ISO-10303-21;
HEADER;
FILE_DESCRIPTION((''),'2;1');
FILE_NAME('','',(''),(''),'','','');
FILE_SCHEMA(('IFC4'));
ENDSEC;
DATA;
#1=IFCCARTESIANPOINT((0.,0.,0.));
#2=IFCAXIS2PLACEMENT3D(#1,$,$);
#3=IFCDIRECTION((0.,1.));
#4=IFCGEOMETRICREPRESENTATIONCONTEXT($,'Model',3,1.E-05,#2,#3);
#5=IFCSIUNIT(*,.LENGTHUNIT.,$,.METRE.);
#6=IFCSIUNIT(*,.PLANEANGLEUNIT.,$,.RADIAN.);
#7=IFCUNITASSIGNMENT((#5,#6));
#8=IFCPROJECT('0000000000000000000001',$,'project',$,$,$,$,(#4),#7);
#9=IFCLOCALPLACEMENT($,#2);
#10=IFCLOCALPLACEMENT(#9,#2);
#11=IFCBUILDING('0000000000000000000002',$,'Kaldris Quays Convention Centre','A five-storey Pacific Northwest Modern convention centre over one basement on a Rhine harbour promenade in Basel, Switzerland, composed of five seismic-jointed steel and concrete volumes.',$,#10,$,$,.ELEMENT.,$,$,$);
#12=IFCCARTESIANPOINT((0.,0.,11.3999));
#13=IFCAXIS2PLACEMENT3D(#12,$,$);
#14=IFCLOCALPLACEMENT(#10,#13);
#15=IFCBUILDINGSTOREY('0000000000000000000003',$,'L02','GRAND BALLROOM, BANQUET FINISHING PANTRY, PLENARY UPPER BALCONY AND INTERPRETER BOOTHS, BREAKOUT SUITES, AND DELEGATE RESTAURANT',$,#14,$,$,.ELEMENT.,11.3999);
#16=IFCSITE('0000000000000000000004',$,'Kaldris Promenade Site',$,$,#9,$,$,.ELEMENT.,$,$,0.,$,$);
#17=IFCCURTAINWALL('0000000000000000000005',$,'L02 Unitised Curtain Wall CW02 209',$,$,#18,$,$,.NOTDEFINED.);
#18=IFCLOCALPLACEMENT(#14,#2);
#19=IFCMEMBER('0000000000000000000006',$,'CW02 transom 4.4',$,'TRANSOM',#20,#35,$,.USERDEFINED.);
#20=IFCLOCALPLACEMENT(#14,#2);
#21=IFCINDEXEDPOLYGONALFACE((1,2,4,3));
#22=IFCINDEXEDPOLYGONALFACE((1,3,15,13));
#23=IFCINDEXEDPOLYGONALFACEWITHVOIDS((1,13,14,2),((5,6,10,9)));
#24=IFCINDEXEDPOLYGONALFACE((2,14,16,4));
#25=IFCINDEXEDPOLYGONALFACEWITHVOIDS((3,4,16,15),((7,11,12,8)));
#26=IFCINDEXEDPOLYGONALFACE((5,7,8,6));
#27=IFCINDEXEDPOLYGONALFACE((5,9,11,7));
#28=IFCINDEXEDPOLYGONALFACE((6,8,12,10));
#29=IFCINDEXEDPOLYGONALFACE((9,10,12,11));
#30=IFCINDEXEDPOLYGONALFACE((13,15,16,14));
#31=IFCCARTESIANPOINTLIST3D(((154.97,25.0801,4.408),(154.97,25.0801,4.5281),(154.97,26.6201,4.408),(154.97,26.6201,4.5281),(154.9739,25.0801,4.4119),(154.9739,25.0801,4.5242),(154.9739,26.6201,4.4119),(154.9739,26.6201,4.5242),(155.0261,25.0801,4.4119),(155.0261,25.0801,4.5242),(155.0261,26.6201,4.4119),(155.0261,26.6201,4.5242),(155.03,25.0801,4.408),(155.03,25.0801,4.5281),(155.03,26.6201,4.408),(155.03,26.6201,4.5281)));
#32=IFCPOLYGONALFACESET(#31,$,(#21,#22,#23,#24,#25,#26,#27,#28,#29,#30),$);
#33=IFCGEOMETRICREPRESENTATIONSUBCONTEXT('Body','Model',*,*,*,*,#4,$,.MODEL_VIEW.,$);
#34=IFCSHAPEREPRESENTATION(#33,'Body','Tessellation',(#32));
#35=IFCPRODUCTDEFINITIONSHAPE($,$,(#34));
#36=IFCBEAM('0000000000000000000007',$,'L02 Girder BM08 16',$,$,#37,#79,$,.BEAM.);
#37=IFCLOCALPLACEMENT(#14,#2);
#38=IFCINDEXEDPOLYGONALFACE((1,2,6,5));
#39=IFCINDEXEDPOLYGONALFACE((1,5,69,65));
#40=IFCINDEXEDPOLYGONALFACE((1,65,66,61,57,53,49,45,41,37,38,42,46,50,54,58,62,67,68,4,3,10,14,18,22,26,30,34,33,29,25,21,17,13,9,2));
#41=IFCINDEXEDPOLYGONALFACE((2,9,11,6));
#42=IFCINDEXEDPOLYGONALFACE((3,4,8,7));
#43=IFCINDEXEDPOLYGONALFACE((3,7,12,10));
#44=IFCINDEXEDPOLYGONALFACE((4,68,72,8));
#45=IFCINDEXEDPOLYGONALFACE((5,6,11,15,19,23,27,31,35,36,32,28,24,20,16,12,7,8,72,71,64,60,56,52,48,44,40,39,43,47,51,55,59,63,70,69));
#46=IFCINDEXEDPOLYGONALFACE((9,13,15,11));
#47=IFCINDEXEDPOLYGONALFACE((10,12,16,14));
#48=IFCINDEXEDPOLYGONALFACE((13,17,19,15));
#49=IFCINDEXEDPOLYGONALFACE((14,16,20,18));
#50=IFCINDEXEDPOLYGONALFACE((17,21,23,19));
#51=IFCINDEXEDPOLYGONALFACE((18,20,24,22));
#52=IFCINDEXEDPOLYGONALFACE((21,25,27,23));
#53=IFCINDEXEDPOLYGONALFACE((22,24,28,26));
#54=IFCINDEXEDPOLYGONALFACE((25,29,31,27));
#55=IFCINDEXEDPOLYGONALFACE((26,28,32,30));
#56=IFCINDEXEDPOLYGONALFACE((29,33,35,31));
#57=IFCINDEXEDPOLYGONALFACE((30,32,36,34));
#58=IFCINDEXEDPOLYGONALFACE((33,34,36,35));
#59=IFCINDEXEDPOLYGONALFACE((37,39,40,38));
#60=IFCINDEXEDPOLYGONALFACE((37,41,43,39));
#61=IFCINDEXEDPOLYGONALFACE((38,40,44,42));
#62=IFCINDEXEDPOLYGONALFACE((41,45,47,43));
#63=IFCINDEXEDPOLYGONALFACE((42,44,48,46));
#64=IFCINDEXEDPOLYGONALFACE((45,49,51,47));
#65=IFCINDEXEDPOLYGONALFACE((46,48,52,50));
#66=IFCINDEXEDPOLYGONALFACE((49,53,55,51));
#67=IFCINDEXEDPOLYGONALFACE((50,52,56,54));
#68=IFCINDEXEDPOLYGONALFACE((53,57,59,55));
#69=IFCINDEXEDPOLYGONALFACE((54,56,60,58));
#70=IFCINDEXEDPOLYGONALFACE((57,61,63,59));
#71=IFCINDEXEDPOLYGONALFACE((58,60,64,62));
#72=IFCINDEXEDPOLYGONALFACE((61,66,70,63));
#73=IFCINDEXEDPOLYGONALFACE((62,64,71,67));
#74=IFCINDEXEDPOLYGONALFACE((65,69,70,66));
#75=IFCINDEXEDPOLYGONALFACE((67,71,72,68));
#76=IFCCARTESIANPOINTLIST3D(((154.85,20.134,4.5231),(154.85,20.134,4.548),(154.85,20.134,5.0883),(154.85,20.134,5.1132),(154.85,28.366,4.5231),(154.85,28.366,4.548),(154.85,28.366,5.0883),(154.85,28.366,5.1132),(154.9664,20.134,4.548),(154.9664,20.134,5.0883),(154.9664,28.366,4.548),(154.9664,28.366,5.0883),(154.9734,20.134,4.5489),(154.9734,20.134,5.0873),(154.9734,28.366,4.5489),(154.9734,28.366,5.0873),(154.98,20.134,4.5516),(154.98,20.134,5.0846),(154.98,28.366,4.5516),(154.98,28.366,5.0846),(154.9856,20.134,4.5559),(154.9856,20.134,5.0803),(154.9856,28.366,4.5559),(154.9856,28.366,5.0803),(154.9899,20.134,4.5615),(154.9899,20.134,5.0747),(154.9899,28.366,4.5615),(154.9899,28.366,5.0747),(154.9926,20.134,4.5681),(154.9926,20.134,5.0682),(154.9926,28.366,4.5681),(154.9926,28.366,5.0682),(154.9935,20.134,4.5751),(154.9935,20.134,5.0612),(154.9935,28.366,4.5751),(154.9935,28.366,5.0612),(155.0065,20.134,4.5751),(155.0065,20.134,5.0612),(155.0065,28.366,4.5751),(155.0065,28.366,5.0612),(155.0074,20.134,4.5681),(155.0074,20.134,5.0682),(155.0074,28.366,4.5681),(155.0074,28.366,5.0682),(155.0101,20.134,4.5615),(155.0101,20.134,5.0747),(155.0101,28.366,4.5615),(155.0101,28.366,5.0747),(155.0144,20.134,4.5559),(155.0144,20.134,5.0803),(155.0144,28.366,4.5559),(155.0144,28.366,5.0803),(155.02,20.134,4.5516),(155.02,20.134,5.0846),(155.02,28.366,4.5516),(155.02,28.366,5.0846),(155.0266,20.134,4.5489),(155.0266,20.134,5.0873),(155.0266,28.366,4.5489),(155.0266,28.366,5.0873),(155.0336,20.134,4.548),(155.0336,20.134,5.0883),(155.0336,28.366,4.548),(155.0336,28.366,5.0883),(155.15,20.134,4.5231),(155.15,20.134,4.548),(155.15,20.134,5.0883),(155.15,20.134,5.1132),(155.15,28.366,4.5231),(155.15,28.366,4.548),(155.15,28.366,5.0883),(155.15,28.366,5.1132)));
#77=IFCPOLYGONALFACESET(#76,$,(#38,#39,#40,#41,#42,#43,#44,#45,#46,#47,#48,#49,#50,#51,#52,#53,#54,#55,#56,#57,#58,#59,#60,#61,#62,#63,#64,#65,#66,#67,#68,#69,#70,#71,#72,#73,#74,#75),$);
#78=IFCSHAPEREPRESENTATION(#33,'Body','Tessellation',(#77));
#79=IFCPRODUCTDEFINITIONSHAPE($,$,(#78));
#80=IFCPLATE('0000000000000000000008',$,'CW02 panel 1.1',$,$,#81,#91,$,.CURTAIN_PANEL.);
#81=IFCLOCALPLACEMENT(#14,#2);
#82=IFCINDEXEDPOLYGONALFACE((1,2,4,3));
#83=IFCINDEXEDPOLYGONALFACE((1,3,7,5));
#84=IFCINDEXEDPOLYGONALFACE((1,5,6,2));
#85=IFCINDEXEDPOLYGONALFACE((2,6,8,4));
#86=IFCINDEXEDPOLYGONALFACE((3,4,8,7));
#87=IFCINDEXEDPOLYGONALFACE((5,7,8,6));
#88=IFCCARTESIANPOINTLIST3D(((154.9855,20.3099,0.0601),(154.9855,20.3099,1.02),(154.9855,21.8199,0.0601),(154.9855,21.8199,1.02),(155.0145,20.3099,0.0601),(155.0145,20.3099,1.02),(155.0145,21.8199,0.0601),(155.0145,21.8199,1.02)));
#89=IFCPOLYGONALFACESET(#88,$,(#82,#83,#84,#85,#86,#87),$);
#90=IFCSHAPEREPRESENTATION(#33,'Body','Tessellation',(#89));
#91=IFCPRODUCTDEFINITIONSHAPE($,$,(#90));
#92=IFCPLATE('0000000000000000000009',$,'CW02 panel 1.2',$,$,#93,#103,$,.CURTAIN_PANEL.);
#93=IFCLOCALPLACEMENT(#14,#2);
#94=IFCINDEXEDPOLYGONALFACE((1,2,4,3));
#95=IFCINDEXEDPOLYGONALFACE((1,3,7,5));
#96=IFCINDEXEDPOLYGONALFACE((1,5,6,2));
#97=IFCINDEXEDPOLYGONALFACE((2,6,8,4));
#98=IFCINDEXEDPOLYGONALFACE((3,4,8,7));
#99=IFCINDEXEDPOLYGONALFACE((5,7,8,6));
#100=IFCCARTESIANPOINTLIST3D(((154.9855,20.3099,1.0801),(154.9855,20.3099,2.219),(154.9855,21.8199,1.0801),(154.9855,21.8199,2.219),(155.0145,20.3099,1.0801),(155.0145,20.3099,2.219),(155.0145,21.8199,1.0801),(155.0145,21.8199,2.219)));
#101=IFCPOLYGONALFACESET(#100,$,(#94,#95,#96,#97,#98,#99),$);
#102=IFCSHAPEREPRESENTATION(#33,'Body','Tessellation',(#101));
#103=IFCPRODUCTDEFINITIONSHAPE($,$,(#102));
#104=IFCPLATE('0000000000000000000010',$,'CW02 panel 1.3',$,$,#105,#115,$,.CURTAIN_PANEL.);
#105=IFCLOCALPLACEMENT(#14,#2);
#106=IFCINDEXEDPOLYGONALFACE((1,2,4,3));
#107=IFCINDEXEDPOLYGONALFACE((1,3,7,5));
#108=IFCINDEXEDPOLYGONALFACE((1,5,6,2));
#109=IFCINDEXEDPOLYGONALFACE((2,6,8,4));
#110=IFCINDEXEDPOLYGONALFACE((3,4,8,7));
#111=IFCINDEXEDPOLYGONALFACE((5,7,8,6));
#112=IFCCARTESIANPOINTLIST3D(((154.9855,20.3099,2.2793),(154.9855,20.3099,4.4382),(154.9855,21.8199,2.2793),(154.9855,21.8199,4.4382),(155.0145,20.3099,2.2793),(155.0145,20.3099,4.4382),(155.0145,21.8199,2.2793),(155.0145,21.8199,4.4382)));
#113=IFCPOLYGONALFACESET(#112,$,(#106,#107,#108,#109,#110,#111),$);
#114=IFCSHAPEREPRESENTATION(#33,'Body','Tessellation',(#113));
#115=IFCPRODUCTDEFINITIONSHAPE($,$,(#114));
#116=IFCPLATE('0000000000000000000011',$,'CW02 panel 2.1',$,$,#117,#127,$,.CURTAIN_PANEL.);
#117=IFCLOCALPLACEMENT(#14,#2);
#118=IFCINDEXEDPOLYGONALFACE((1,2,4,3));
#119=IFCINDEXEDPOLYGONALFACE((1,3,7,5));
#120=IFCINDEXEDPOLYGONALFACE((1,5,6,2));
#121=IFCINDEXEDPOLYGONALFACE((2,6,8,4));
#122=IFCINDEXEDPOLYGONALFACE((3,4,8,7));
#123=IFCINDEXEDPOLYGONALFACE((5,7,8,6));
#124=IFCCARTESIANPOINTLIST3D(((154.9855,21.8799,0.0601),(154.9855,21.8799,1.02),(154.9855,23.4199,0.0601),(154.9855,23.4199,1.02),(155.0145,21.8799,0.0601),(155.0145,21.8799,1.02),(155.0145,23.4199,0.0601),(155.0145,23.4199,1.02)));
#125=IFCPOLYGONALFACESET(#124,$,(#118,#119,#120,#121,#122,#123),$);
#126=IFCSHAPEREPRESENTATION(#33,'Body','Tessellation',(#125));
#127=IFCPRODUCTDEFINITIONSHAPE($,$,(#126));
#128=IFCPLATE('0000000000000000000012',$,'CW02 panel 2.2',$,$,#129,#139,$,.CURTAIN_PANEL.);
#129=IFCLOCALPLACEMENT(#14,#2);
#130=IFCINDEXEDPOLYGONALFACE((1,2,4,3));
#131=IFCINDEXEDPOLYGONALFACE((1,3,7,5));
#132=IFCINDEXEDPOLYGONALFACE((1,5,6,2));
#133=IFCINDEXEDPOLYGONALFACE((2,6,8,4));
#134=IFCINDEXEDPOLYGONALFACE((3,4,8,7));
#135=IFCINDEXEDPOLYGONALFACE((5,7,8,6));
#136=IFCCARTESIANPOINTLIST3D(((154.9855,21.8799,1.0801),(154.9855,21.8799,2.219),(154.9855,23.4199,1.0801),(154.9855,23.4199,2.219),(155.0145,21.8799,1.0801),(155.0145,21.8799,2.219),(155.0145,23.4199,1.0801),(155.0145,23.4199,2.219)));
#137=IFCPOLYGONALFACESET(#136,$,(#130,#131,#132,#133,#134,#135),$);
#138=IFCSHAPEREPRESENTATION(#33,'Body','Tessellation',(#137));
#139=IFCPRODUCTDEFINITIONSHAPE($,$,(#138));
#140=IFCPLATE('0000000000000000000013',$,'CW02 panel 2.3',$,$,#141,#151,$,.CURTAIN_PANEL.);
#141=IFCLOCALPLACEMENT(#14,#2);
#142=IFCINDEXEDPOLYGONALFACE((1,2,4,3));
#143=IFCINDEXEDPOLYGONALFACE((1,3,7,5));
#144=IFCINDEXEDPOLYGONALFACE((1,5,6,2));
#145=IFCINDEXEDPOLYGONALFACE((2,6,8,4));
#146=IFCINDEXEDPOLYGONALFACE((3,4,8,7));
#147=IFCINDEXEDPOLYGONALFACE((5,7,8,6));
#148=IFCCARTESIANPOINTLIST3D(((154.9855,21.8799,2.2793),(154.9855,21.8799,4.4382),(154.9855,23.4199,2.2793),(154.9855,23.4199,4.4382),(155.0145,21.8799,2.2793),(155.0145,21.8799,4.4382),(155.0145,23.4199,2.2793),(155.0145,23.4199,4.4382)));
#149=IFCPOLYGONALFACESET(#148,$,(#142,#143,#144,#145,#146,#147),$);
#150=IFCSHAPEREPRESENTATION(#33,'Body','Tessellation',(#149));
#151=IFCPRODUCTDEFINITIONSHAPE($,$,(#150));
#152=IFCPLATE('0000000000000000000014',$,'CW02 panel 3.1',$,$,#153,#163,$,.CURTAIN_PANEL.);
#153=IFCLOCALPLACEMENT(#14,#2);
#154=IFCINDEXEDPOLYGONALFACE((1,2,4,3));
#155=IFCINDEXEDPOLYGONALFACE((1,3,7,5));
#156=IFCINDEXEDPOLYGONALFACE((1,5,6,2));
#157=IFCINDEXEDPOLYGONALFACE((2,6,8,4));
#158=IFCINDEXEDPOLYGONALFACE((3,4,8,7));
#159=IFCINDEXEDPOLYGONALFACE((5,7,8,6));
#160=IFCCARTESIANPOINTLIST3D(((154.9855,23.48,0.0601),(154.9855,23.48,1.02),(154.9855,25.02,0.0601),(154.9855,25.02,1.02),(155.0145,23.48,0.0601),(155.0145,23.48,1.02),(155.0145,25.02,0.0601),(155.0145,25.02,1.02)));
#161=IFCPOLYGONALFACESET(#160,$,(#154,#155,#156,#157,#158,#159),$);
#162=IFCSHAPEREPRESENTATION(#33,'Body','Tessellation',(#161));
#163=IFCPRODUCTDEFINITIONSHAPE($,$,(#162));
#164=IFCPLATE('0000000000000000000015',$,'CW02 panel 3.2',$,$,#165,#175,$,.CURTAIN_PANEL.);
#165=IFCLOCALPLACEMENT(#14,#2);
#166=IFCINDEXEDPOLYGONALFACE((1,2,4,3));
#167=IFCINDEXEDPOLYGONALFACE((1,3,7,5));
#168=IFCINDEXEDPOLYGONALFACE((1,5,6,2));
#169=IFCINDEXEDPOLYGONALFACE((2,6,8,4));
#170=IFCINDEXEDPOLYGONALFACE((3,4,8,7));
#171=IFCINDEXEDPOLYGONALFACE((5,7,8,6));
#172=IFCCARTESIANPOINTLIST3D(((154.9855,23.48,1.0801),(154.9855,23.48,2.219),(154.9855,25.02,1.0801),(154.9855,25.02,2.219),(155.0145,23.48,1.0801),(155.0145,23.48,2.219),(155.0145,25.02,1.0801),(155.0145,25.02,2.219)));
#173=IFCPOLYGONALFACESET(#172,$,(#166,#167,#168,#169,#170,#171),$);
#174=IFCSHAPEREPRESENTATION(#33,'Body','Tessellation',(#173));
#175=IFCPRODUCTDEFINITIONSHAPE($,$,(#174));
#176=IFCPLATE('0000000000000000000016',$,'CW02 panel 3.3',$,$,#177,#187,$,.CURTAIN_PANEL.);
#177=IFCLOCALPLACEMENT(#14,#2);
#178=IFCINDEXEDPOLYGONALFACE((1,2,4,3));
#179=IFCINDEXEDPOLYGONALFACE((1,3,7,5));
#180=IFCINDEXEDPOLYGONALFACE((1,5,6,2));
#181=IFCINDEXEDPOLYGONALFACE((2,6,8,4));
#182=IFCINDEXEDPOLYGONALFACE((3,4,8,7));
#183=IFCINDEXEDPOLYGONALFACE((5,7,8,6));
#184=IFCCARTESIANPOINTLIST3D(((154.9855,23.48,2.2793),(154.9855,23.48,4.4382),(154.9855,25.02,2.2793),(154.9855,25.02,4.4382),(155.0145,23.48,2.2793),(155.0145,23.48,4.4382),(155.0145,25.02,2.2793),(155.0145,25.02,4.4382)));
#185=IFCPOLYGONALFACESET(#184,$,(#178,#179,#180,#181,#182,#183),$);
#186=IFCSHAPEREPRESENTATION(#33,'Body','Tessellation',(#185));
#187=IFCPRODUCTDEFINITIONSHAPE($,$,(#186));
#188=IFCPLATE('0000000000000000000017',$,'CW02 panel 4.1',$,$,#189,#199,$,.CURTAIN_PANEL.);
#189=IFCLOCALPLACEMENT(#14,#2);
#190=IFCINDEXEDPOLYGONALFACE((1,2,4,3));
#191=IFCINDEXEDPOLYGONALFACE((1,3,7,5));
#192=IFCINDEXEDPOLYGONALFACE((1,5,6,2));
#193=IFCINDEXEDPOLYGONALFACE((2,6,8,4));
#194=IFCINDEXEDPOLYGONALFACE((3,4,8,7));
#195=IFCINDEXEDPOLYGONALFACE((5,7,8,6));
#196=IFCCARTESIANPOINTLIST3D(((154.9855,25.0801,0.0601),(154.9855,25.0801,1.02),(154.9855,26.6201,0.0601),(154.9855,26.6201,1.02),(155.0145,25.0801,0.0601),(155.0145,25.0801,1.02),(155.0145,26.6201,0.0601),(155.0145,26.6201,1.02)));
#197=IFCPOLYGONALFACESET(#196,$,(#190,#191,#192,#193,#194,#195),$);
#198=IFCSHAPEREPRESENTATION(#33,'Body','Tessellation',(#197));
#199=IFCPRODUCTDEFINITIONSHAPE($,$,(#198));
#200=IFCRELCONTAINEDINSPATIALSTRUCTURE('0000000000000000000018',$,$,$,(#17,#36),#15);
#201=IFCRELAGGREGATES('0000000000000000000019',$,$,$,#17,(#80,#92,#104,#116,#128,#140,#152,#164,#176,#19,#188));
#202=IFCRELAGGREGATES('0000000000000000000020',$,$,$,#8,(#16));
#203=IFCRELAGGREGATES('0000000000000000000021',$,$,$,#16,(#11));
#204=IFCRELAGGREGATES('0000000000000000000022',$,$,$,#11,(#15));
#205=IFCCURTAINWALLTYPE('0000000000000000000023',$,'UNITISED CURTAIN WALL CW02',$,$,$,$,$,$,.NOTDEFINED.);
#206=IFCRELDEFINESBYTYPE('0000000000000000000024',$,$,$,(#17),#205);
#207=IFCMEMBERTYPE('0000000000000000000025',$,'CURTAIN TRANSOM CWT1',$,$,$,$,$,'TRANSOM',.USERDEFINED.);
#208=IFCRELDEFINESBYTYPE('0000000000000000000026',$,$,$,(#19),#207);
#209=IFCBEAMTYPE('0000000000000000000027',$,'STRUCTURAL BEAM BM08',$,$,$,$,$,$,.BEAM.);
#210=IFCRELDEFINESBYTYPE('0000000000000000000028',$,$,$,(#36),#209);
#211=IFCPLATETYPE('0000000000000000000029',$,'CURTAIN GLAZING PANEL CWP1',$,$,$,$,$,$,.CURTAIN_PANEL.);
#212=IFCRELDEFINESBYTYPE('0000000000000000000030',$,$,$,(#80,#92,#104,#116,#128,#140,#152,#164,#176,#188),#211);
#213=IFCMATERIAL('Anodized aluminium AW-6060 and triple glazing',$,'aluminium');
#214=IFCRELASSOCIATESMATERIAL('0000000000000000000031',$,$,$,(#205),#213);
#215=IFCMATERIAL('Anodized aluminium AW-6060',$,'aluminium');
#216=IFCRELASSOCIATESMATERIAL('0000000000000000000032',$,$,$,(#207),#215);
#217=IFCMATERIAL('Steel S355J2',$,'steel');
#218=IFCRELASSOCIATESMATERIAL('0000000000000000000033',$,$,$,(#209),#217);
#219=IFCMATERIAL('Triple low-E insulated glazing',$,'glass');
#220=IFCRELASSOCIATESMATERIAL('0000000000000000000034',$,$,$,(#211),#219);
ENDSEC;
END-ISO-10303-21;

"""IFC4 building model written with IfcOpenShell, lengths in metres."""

from ifc_helpers import new_model, si_unit, direction, frame, origin, origin_2d, place, context, subcontext, project, spatial, rectangle, hollow_rectangle, i_section, extrude, material, material_profile, profile_set, type_object, element, aggregate, save


model = new_model("IFC4")

# Units and contexts
model_context = context("Model", 3, precision=1e-05, world=origin(), true_north=direction((0.0, 1.0)))
body_context = subcontext(model_context, "Body", "Model", "MODEL_VIEW")
ifc_project = project(units=[si_unit("LENGTHUNIT", "METRE"), si_unit("PLANEANGLEUNIT", "RADIAN")], contexts=[model_context])

# Site, building, storey
site_placement = place(None, origin())
site = spatial("IfcSite", under=ifc_project, at=site_placement, Name="Kaldris Promenade Site", CompositionType="ELEMENT", RefElevation=0.0)
building_placement = place(site_placement, origin())
building = spatial("IfcBuilding", under=site, at=building_placement, Name="Kaldris Quays Convention Centre", Description="A five-storey Pacific Northwest Modern convention centre over one basement on a Rhine harbour promenade in Basel, Switzerland, composed of five seismic-jointed steel and concrete volumes.", CompositionType="ELEMENT")
storey_placement = place(building_placement, frame((0.0, 0.0, 11.3999)))
storey = spatial("IfcBuildingStorey", under=building, at=storey_placement, Name="L02", Description="GRAND BALLROOM, BANQUET FINISHING PANTRY, PLENARY UPPER BALCONY AND INTERPRETER BOOTHS, BREAKOUT SUITES, AND DELEGATE RESTAURANT", CompositionType="ELEMENT", Elevation=11.3999)

# Shared definitions
ifc_material_1 = material(Name="Steel S355J2", Category="steel")

# Curtain wall, member
ifc_material_2 = material(Name="Anodized aluminium AW-6060 and triple glazing", Category="aluminium")
curtain_wall_type = type_object("IfcCurtainWallType", Name="UNITISED CURTAIN WALL CW02", PredefinedType="NOTDEFINED", material=ifc_material_2)
curtain_wall_placement = place(storey_placement, origin())
curtain_wall = element("IfcCurtainWall", 1, at=curtain_wall_placement, inside=storey, type_object=curtain_wall_type, Name="L02 Unitised Curtain Wall CW02 209", PredefinedType="NOTDEFINED")
ifc_material_3 = material(Name="Anodized aluminium AW-6060", Category="aluminium")
ifc_material_profile_1 = material_profile(ifc_material_3, hollow_rectangle(XDim=0.0601, YDim=0.1201, WallThickness=0.0039, at=origin_2d()), Name="RHS 120x60x4")
ifc_profile_set_1 = profile_set([ifc_material_profile_1], Name="Anodized aluminium AW-6060")
member_type_1 = type_object("IfcMemberType", Name="CURTAIN TRANSOM CWT1", ElementType="TRANSOM", PredefinedType="USERDEFINED", material=ifc_profile_set_1)
member_1_placement = place(storey_placement, frame((155.0, 25.0801, 4.468), z_axis=(0.0, 1.0, 0.0), x_axis=(-1.0, 0.0, 0.0)))
member_1 = element("IfcMember", 2, at=member_1_placement, type_object=member_type_1, Name="CW02 transom 4.4", ObjectType="TRANSOM", PredefinedType="USERDEFINED", context=body_context, shape_type="SweptSolid", body=[
    extrude(hollow_rectangle(XDim=0.0601, YDim=0.1201, WallThickness=0.0039, at=origin_2d()), origin(), (0.0, 0.0, 1.0), 1.54),
])

# Beam
ifc_material_profile_2 = material_profile(ifc_material_1, i_section(OverallWidth=0.3, OverallDepth=0.5901, WebThickness=0.0129, FlangeThickness=0.0249, FilletRadius=0.0271, at=origin_2d()), Name="HEA 600")
ifc_profile_set_2 = profile_set([ifc_material_profile_2], Name="Steel S355J2")
beam_type = type_object("IfcBeamType", Name="STRUCTURAL BEAM BM08", PredefinedType="BEAM", material=ifc_profile_set_2)
beam_placement = place(storey_placement, frame((155.0, 20.134, 4.8181), z_axis=(0.0, 1.0, 0.0), x_axis=(-1.0, 0.0, 0.0)))
element("IfcBeam", 3, at=beam_placement, inside=storey, type_object=beam_type, Name="L02 Girder BM08 16", PredefinedType="BEAM", context=body_context, shape_type="SweptSolid", body=[
    extrude(i_section(OverallWidth=0.3, OverallDepth=0.5901, WebThickness=0.0129, FlangeThickness=0.0249, FilletRadius=0.0271, at=origin_2d()), origin(), (0.0, 0.0, 1.0), 8.2319),
])

# Plates
ifc_material_4 = material(Name="Triple low-E insulated glazing", Category="glass")
plate_type = type_object("IfcPlateType", Name="CURTAIN GLAZING PANEL CWP1", PredefinedType="CURTAIN_PANEL", material=ifc_material_4)
plate_1_placement = place(storey_placement, frame((155.0, 21.0649, 0.0601), z_axis=(0.0, 0.0, 1.0), x_axis=(0.0, 1.0, 0.0)))
plate_1 = element("IfcPlate", 4, at=plate_1_placement, type_object=plate_type, Name="CW02 panel 1.1", PredefinedType="CURTAIN_PANEL", context=body_context, shape_type="SweptSolid", body=[
    extrude(rectangle(XDim=1.51, YDim=0.0291, at=origin_2d()), origin(), (0.0, 0.0, 1.0), 0.96),
])
plate_2_placement = place(storey_placement, frame((155.0, 21.0649, 1.0801), z_axis=(0.0, 0.0, 1.0), x_axis=(0.0, 1.0, 0.0)))
plate_2 = element("IfcPlate", 5, at=plate_2_placement, type_object=plate_type, Name="CW02 panel 1.2", PredefinedType="CURTAIN_PANEL", context=body_context, shape_type="SweptSolid", body=[
    extrude(rectangle(XDim=1.51, YDim=0.0291, at=origin_2d()), origin(), (0.0, 0.0, 1.0), 1.1389),
])
plate_3_placement = place(storey_placement, frame((155.0, 21.0649, 2.2793), z_axis=(0.0, 0.0, 1.0), x_axis=(0.0, 1.0, 0.0)))
plate_3 = element("IfcPlate", 6, at=plate_3_placement, type_object=plate_type, Name="CW02 panel 1.3", PredefinedType="CURTAIN_PANEL", context=body_context, shape_type="SweptSolid", body=[
    extrude(rectangle(XDim=1.51, YDim=0.0291, at=origin_2d()), origin(), (0.0, 0.0, 1.0), 2.1589),
])
plate_4_placement = place(storey_placement, frame((155.0, 22.6499, 0.0601), z_axis=(0.0, 0.0, 1.0), x_axis=(0.0, 1.0, 0.0)))
plate_4 = element("IfcPlate", 7, at=plate_4_placement, type_object=plate_type, Name="CW02 panel 2.1", PredefinedType="CURTAIN_PANEL", context=body_context, shape_type="SweptSolid", body=[
    extrude(rectangle(XDim=1.54, YDim=0.0291, at=origin_2d()), origin(), (0.0, 0.0, 1.0), 0.96),
])
plate_5_placement = place(storey_placement, frame((155.0, 22.6499, 1.0801), z_axis=(0.0, 0.0, 1.0), x_axis=(0.0, 1.0, 0.0)))
plate_5 = element("IfcPlate", 8, at=plate_5_placement, type_object=plate_type, Name="CW02 panel 2.2", PredefinedType="CURTAIN_PANEL", context=body_context, shape_type="SweptSolid", body=[
    extrude(rectangle(XDim=1.54, YDim=0.0291, at=origin_2d()), origin(), (0.0, 0.0, 1.0), 1.1389),
])
plate_6_placement = place(storey_placement, frame((155.0, 22.6499, 2.2793), z_axis=(0.0, 0.0, 1.0), x_axis=(0.0, 1.0, 0.0)))
plate_6 = element("IfcPlate", 9, at=plate_6_placement, type_object=plate_type, Name="CW02 panel 2.3", PredefinedType="CURTAIN_PANEL", context=body_context, shape_type="SweptSolid", body=[
    extrude(rectangle(XDim=1.54, YDim=0.0291, at=origin_2d()), origin(), (0.0, 0.0, 1.0), 2.1589),
])
plate_7_placement = place(storey_placement, frame((155.0, 24.25, 0.0601), z_axis=(0.0, 0.0, 1.0), x_axis=(0.0, 1.0, 0.0)))
plate_7 = element("IfcPlate", 10, at=plate_7_placement, type_object=plate_type, Name="CW02 panel 3.1", PredefinedType="CURTAIN_PANEL", context=body_context, shape_type="SweptSolid", body=[
    extrude(rectangle(XDim=1.54, YDim=0.0291, at=origin_2d()), origin(), (0.0, 0.0, 1.0), 0.96),
])
plate_8_placement = place(storey_placement, frame((155.0, 24.25, 1.0801), z_axis=(0.0, 0.0, 1.0), x_axis=(0.0, 1.0, 0.0)))
plate_8 = element("IfcPlate", 11, at=plate_8_placement, type_object=plate_type, Name="CW02 panel 3.2", PredefinedType="CURTAIN_PANEL", context=body_context, shape_type="SweptSolid", body=[
    extrude(rectangle(XDim=1.54, YDim=0.0291, at=origin_2d()), origin(), (0.0, 0.0, 1.0), 1.1389),
])
plate_9_placement = place(storey_placement, frame((155.0, 24.25, 2.2793), z_axis=(0.0, 0.0, 1.0), x_axis=(0.0, 1.0, 0.0)))
plate_9 = element("IfcPlate", 12, at=plate_9_placement, type_object=plate_type, Name="CW02 panel 3.3", PredefinedType="CURTAIN_PANEL", context=body_context, shape_type="SweptSolid", body=[
    extrude(rectangle(XDim=1.54, YDim=0.0291, at=origin_2d()), origin(), (0.0, 0.0, 1.0), 2.1589),
])
plate_10_placement = place(storey_placement, frame((155.0, 25.8501, 0.0601), z_axis=(0.0, 0.0, 1.0), x_axis=(0.0, 1.0, 0.0)))
plate_10 = element("IfcPlate", 13, at=plate_10_placement, type_object=plate_type, Name="CW02 panel 4.1", PredefinedType="CURTAIN_PANEL", context=body_context, shape_type="SweptSolid", body=[
    extrude(rectangle(XDim=1.54, YDim=0.0291, at=origin_2d()), origin(), (0.0, 0.0, 1.0), 0.96),
])
aggregate(curtain_wall, [plate_1, plate_2, plate_3, plate_4, plate_5, plate_6, plate_7, plate_8, plate_9, member_1, plate_10])

save(model, "model.ifc")
